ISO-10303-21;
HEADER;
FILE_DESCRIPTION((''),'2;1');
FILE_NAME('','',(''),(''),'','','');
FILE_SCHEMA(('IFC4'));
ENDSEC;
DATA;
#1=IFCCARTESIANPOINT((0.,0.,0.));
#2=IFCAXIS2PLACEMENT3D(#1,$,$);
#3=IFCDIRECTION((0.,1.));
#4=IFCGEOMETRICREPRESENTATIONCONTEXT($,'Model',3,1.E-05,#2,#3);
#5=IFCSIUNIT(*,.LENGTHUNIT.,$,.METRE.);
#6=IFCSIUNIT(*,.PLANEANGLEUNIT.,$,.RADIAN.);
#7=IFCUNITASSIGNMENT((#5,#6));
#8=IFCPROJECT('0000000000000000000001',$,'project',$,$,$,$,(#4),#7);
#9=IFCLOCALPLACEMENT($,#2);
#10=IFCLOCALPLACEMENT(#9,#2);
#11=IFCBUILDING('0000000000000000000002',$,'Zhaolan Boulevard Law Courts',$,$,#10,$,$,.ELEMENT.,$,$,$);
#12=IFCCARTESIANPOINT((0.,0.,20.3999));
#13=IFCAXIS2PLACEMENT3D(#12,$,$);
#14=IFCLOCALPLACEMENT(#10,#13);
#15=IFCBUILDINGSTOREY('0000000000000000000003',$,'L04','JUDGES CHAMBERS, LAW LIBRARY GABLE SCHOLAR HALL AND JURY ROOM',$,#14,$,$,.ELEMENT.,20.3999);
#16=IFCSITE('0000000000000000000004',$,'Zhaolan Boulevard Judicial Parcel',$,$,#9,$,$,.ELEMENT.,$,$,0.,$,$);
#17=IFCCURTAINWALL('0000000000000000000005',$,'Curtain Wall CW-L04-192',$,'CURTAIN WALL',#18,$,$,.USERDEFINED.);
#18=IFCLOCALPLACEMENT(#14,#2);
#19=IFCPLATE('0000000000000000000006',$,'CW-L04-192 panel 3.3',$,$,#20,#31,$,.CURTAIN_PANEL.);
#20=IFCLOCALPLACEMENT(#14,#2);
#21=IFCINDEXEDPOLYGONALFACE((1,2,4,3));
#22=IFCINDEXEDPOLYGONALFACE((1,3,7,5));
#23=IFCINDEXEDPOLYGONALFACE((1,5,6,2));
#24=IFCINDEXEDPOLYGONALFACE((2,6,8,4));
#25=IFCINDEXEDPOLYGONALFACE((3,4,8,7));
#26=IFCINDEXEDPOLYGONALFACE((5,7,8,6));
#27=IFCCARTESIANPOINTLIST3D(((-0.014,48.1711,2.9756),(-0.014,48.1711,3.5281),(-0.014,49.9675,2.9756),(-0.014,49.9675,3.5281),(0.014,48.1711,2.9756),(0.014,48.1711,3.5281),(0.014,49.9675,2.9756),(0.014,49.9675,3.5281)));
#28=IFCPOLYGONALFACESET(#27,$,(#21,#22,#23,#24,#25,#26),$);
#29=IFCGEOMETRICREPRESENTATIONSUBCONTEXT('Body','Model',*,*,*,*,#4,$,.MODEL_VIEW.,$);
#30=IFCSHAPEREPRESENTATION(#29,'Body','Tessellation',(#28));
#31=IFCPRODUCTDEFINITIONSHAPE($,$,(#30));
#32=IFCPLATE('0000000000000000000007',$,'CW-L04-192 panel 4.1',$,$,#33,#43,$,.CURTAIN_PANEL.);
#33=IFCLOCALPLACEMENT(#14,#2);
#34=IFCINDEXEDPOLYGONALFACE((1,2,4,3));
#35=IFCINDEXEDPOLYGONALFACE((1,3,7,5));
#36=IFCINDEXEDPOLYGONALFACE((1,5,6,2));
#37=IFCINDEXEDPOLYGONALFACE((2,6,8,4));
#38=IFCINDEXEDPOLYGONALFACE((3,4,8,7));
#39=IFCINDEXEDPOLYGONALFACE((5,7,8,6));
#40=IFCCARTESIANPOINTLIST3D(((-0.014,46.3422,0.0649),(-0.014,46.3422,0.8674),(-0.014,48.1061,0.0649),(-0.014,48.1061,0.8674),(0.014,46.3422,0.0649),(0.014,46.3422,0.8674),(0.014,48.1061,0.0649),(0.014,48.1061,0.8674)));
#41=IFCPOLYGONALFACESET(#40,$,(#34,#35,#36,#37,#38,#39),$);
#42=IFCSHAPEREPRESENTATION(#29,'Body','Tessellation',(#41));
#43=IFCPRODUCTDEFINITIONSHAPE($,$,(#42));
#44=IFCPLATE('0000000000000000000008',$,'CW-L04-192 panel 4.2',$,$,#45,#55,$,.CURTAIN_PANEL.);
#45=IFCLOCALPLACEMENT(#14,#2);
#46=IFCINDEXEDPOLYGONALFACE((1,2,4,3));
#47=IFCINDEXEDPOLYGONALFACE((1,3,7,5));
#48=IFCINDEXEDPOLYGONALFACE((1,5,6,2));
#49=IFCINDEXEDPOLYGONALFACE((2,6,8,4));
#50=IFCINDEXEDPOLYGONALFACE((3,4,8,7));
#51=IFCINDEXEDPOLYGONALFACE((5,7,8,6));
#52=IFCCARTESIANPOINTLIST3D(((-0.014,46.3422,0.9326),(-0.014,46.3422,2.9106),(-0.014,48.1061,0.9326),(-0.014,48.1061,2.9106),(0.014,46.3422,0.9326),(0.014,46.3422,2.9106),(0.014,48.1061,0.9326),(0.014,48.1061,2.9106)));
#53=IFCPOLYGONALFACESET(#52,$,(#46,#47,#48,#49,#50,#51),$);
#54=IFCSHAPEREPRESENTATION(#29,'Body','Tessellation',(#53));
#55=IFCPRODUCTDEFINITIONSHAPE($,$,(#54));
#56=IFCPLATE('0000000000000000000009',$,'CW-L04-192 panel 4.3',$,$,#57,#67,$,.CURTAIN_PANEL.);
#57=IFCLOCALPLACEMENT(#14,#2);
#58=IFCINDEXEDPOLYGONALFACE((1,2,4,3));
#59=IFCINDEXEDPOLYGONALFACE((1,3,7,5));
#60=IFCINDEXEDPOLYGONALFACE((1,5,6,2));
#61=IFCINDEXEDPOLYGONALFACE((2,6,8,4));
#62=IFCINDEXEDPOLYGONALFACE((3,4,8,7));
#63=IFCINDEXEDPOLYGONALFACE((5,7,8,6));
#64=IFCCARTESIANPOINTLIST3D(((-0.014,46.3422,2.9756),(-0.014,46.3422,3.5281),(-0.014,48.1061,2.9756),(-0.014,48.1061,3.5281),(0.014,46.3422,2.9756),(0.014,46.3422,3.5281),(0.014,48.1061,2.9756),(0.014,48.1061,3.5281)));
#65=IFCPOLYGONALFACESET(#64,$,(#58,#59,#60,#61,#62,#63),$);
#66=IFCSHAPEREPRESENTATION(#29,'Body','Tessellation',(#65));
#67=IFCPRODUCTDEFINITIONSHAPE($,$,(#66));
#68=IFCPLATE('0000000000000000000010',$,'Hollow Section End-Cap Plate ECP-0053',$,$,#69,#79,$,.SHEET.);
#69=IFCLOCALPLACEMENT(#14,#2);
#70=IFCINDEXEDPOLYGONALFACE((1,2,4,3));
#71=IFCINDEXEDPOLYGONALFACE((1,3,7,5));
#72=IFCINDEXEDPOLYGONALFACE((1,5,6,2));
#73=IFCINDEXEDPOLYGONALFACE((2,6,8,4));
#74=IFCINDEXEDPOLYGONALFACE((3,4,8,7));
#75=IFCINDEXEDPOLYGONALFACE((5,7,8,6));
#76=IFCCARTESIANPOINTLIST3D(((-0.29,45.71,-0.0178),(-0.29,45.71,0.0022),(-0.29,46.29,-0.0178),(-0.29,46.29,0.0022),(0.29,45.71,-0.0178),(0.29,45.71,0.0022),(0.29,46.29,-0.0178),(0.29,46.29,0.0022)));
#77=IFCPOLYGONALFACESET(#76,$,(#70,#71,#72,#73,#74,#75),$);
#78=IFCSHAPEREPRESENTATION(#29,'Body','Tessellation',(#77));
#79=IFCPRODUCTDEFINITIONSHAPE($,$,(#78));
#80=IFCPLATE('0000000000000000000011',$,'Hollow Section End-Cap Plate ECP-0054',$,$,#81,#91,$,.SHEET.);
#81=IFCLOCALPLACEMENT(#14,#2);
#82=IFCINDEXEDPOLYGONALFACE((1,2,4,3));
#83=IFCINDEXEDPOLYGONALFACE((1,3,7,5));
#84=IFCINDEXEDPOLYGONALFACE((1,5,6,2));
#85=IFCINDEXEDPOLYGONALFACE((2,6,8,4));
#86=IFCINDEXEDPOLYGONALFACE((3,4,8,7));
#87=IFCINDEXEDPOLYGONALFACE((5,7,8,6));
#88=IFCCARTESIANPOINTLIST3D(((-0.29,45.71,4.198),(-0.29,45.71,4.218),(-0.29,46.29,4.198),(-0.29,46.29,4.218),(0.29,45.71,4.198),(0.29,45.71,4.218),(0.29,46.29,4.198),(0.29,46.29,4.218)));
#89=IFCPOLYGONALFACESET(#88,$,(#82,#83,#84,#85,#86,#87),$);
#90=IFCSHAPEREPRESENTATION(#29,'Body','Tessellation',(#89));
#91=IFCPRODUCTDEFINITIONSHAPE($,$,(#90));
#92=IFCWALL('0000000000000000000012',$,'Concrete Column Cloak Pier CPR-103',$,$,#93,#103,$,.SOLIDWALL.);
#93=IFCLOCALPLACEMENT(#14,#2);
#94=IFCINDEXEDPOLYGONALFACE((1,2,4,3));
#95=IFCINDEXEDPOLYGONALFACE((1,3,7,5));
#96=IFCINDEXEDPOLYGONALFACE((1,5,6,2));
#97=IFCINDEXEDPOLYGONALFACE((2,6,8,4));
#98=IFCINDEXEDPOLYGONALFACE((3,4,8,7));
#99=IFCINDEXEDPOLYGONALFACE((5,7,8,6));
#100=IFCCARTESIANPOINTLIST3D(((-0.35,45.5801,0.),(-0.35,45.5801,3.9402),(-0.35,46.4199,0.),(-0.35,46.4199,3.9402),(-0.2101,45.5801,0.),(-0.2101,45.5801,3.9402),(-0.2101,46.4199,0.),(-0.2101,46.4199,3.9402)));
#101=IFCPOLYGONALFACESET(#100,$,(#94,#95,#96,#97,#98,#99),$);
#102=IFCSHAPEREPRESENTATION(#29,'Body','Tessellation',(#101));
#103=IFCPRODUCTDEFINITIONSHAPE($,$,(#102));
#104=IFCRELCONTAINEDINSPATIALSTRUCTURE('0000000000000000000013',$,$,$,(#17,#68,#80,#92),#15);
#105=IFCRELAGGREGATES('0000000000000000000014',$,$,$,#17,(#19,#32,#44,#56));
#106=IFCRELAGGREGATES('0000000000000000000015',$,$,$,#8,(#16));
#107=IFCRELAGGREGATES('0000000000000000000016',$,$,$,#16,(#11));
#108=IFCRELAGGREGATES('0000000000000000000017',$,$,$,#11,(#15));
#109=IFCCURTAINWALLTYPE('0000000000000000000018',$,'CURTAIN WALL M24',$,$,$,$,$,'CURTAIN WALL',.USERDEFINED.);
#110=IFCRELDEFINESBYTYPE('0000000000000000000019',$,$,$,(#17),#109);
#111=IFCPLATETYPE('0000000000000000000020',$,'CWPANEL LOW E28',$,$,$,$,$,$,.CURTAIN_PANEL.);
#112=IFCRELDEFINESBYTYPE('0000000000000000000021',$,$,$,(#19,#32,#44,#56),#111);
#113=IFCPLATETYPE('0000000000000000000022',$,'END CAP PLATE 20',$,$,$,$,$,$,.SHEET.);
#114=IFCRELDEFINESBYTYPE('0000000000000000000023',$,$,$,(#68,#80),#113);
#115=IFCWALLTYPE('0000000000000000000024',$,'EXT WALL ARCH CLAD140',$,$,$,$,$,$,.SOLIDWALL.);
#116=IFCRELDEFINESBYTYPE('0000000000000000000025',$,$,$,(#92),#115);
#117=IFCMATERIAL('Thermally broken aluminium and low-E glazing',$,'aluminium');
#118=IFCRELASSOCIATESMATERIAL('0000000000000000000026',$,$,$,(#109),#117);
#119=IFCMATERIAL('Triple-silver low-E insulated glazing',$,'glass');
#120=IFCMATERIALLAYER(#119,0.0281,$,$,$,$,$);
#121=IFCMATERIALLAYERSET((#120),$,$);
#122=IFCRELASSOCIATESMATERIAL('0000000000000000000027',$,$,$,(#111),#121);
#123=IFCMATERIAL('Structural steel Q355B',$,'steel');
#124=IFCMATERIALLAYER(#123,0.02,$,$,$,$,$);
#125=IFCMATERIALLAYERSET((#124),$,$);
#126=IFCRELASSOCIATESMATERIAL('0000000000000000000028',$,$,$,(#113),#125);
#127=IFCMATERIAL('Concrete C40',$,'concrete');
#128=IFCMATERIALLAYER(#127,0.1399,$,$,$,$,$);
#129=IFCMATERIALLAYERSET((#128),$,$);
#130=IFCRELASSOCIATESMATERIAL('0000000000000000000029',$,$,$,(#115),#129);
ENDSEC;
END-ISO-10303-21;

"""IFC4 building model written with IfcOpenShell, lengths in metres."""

from ifc_helpers import new_model, si_unit, direction, frame, frame_2d, origin, origin_2d, place, context, subcontext, project, spatial, rectangle, extrude, material, layer, layer_set, type_object, element, aggregate, save


model = new_model("IFC4")

# Units and contexts
model_context = context("Model", 3, precision=1e-05, world=origin(), true_north=direction((0.0, 1.0)))
body_context = subcontext(model_context, "Body", "Model", "MODEL_VIEW")
ifc_project = project(units=[si_unit("LENGTHUNIT", "METRE"), si_unit("PLANEANGLEUNIT", "RADIAN")], contexts=[model_context])

# Site, building, storey
site_placement = place(None, origin())
site = spatial("IfcSite", under=ifc_project, at=site_placement, Name="Zhaolan Boulevard Judicial Parcel", CompositionType="ELEMENT", RefElevation=0.0)
building_placement = place(site_placement, origin())
building = spatial("IfcBuilding", under=site, at=building_placement, Name="Zhaolan Boulevard Law Courts", CompositionType="ELEMENT")
storey_placement = place(building_placement, frame((0.0, 0.0, 20.3999)))
storey = spatial("IfcBuildingStorey", under=building, at=storey_placement, Name="L04", Description="JUDGES CHAMBERS, LAW LIBRARY GABLE SCHOLAR HALL AND JURY ROOM", CompositionType="ELEMENT", Elevation=20.3999)

# Curtain wall
ifc_material_1 = material(Name="Thermally broken aluminium and low-E glazing", Category="aluminium")
curtain_wall_type_1 = type_object("IfcCurtainWallType", Name="CURTAIN WALL M24", ElementType="CURTAIN WALL", PredefinedType="USERDEFINED", material=ifc_material_1)
curtain_wall_1_placement = place(storey_placement, origin())
curtain_wall_1 = element("IfcCurtainWall", 1, at=curtain_wall_1_placement, inside=storey, type_object=curtain_wall_type_1, Name="Curtain Wall CW-L04-192", ObjectType="CURTAIN WALL", PredefinedType="USERDEFINED")

# Plates
ifc_material_2 = material(Name="Triple-silver low-E insulated glazing", Category="glass")
ifc_layer_1 = layer(ifc_material_2, 0.0281)
ifc_layer_set_1 = layer_set([ifc_layer_1])
plate_type_1 = type_object("IfcPlateType", Name="CWPANEL LOW E28", PredefinedType="CURTAIN_PANEL", material=ifc_layer_set_1)
plate_1_placement = place(storey_placement, frame((0.0, 49.0693, 2.9756), z_axis=(0.0, 0.0, 1.0), x_axis=(0.0, -1.0, 0.0)))
plate_1 = element("IfcPlate", 2, at=plate_1_placement, type_object=plate_type_1, Name="CW-L04-192 panel 3.3", PredefinedType="CURTAIN_PANEL", context=body_context, shape_type="SweptSolid", body=[
    extrude(rectangle(XDim=1.7964, YDim=0.0281, at=origin_2d()), origin(), (0.0, 0.0, 1.0), 0.5525),
])
plate_2_placement = place(storey_placement, frame((0.0, 47.2241, 0.0649), z_axis=(0.0, 0.0, 1.0), x_axis=(0.0, -1.0, 0.0)))
plate_2 = element("IfcPlate", 3, at=plate_2_placement, type_object=plate_type_1, Name="CW-L04-192 panel 4.1", PredefinedType="CURTAIN_PANEL", context=body_context, shape_type="SweptSolid", body=[
    extrude(rectangle(XDim=1.7639, YDim=0.0281, at=origin_2d()), origin(), (0.0, 0.0, 1.0), 0.8025),
])
plate_3_placement = place(storey_placement, frame((0.0, 47.2241, 0.9326), z_axis=(0.0, 0.0, 1.0), x_axis=(0.0, -1.0, 0.0)))
plate_3 = element("IfcPlate", 4, at=plate_3_placement, type_object=plate_type_1, Name="CW-L04-192 panel 4.2", PredefinedType="CURTAIN_PANEL", context=body_context, shape_type="SweptSolid", body=[
    extrude(rectangle(XDim=1.7639, YDim=0.0281, at=origin_2d()), origin(), (0.0, 0.0, 1.0), 1.978),
])
plate_4_placement = place(storey_placement, frame((0.0, 47.2241, 2.9756), z_axis=(0.0, 0.0, 1.0), x_axis=(0.0, -1.0, 0.0)))
plate_4 = element("IfcPlate", 5, at=plate_4_placement, type_object=plate_type_1, Name="CW-L04-192 panel 4.3", PredefinedType="CURTAIN_PANEL", context=body_context, shape_type="SweptSolid", body=[
    extrude(rectangle(XDim=1.7639, YDim=0.0281, at=origin_2d()), origin(), (0.0, 0.0, 1.0), 0.5525),
])
aggregate(curtain_wall_1, [plate_1, plate_2, plate_3, plate_4])

# Plates
ifc_material_3 = material(Name="Structural steel Q355B", Category="steel")
ifc_layer_2 = layer(ifc_material_3, 0.02)
ifc_layer_set_2 = layer_set([ifc_layer_2])
plate_type_2 = type_object("IfcPlateType", Name="END CAP PLATE 20", PredefinedType="SHEET", material=ifc_layer_set_2)
for number, where, z_axis, x_axis, name in (
    (6, (0.0, 46.0, -0.0178), (0.0, 0.0, 1.0), (1.0, 0.0, 0.0), "Hollow Section End-Cap Plate ECP-0053"),
    (7, (0.0, 46.0, 4.198), (0.0, 0.0, 1.0), (1.0, 0.0, 0.0), "Hollow Section End-Cap Plate ECP-0054"),
):
    element("IfcPlate", number, at=place(storey_placement, frame(where, z_axis=z_axis, x_axis=x_axis)), inside=storey, type_object=plate_type_2, Name=name, PredefinedType="SHEET", context=body_context, shape_type="SweptSolid", body=[
        extrude(rectangle(XDim=0.5801, YDim=0.5801, at=origin_2d()), origin(), (0.0, 0.0, 1.0), 0.02),
    ])

# Wall
ifc_material_4 = material(Name="Concrete C40", Category="concrete")
ifc_layer_3 = layer(ifc_material_4, 0.1399)
ifc_layer_set_3 = layer_set([ifc_layer_3])
wall_type = type_object("IfcWallType", Name="EXT WALL ARCH CLAD140", PredefinedType="SOLIDWALL", material=ifc_layer_set_3)
wall_placement = place(storey_placement, frame((-0.28, 45.5801, 0.0), z_axis=(0.0, 0.0, 1.0), x_axis=(0.0, 1.0, 0.0)))
element("IfcWall", 8, at=wall_placement, inside=storey, type_object=wall_type, Name="Concrete Column Cloak Pier CPR-103", PredefinedType="SOLIDWALL", context=body_context, shape_type="SweptSolid", body=[
    extrude(rectangle(XDim=0.8398, YDim=0.1399, at=frame_2d((0.4199, 0.0))), origin(), (0.0, 0.0, 1.0), 3.9402),
])

save(model, "model.ifc")
